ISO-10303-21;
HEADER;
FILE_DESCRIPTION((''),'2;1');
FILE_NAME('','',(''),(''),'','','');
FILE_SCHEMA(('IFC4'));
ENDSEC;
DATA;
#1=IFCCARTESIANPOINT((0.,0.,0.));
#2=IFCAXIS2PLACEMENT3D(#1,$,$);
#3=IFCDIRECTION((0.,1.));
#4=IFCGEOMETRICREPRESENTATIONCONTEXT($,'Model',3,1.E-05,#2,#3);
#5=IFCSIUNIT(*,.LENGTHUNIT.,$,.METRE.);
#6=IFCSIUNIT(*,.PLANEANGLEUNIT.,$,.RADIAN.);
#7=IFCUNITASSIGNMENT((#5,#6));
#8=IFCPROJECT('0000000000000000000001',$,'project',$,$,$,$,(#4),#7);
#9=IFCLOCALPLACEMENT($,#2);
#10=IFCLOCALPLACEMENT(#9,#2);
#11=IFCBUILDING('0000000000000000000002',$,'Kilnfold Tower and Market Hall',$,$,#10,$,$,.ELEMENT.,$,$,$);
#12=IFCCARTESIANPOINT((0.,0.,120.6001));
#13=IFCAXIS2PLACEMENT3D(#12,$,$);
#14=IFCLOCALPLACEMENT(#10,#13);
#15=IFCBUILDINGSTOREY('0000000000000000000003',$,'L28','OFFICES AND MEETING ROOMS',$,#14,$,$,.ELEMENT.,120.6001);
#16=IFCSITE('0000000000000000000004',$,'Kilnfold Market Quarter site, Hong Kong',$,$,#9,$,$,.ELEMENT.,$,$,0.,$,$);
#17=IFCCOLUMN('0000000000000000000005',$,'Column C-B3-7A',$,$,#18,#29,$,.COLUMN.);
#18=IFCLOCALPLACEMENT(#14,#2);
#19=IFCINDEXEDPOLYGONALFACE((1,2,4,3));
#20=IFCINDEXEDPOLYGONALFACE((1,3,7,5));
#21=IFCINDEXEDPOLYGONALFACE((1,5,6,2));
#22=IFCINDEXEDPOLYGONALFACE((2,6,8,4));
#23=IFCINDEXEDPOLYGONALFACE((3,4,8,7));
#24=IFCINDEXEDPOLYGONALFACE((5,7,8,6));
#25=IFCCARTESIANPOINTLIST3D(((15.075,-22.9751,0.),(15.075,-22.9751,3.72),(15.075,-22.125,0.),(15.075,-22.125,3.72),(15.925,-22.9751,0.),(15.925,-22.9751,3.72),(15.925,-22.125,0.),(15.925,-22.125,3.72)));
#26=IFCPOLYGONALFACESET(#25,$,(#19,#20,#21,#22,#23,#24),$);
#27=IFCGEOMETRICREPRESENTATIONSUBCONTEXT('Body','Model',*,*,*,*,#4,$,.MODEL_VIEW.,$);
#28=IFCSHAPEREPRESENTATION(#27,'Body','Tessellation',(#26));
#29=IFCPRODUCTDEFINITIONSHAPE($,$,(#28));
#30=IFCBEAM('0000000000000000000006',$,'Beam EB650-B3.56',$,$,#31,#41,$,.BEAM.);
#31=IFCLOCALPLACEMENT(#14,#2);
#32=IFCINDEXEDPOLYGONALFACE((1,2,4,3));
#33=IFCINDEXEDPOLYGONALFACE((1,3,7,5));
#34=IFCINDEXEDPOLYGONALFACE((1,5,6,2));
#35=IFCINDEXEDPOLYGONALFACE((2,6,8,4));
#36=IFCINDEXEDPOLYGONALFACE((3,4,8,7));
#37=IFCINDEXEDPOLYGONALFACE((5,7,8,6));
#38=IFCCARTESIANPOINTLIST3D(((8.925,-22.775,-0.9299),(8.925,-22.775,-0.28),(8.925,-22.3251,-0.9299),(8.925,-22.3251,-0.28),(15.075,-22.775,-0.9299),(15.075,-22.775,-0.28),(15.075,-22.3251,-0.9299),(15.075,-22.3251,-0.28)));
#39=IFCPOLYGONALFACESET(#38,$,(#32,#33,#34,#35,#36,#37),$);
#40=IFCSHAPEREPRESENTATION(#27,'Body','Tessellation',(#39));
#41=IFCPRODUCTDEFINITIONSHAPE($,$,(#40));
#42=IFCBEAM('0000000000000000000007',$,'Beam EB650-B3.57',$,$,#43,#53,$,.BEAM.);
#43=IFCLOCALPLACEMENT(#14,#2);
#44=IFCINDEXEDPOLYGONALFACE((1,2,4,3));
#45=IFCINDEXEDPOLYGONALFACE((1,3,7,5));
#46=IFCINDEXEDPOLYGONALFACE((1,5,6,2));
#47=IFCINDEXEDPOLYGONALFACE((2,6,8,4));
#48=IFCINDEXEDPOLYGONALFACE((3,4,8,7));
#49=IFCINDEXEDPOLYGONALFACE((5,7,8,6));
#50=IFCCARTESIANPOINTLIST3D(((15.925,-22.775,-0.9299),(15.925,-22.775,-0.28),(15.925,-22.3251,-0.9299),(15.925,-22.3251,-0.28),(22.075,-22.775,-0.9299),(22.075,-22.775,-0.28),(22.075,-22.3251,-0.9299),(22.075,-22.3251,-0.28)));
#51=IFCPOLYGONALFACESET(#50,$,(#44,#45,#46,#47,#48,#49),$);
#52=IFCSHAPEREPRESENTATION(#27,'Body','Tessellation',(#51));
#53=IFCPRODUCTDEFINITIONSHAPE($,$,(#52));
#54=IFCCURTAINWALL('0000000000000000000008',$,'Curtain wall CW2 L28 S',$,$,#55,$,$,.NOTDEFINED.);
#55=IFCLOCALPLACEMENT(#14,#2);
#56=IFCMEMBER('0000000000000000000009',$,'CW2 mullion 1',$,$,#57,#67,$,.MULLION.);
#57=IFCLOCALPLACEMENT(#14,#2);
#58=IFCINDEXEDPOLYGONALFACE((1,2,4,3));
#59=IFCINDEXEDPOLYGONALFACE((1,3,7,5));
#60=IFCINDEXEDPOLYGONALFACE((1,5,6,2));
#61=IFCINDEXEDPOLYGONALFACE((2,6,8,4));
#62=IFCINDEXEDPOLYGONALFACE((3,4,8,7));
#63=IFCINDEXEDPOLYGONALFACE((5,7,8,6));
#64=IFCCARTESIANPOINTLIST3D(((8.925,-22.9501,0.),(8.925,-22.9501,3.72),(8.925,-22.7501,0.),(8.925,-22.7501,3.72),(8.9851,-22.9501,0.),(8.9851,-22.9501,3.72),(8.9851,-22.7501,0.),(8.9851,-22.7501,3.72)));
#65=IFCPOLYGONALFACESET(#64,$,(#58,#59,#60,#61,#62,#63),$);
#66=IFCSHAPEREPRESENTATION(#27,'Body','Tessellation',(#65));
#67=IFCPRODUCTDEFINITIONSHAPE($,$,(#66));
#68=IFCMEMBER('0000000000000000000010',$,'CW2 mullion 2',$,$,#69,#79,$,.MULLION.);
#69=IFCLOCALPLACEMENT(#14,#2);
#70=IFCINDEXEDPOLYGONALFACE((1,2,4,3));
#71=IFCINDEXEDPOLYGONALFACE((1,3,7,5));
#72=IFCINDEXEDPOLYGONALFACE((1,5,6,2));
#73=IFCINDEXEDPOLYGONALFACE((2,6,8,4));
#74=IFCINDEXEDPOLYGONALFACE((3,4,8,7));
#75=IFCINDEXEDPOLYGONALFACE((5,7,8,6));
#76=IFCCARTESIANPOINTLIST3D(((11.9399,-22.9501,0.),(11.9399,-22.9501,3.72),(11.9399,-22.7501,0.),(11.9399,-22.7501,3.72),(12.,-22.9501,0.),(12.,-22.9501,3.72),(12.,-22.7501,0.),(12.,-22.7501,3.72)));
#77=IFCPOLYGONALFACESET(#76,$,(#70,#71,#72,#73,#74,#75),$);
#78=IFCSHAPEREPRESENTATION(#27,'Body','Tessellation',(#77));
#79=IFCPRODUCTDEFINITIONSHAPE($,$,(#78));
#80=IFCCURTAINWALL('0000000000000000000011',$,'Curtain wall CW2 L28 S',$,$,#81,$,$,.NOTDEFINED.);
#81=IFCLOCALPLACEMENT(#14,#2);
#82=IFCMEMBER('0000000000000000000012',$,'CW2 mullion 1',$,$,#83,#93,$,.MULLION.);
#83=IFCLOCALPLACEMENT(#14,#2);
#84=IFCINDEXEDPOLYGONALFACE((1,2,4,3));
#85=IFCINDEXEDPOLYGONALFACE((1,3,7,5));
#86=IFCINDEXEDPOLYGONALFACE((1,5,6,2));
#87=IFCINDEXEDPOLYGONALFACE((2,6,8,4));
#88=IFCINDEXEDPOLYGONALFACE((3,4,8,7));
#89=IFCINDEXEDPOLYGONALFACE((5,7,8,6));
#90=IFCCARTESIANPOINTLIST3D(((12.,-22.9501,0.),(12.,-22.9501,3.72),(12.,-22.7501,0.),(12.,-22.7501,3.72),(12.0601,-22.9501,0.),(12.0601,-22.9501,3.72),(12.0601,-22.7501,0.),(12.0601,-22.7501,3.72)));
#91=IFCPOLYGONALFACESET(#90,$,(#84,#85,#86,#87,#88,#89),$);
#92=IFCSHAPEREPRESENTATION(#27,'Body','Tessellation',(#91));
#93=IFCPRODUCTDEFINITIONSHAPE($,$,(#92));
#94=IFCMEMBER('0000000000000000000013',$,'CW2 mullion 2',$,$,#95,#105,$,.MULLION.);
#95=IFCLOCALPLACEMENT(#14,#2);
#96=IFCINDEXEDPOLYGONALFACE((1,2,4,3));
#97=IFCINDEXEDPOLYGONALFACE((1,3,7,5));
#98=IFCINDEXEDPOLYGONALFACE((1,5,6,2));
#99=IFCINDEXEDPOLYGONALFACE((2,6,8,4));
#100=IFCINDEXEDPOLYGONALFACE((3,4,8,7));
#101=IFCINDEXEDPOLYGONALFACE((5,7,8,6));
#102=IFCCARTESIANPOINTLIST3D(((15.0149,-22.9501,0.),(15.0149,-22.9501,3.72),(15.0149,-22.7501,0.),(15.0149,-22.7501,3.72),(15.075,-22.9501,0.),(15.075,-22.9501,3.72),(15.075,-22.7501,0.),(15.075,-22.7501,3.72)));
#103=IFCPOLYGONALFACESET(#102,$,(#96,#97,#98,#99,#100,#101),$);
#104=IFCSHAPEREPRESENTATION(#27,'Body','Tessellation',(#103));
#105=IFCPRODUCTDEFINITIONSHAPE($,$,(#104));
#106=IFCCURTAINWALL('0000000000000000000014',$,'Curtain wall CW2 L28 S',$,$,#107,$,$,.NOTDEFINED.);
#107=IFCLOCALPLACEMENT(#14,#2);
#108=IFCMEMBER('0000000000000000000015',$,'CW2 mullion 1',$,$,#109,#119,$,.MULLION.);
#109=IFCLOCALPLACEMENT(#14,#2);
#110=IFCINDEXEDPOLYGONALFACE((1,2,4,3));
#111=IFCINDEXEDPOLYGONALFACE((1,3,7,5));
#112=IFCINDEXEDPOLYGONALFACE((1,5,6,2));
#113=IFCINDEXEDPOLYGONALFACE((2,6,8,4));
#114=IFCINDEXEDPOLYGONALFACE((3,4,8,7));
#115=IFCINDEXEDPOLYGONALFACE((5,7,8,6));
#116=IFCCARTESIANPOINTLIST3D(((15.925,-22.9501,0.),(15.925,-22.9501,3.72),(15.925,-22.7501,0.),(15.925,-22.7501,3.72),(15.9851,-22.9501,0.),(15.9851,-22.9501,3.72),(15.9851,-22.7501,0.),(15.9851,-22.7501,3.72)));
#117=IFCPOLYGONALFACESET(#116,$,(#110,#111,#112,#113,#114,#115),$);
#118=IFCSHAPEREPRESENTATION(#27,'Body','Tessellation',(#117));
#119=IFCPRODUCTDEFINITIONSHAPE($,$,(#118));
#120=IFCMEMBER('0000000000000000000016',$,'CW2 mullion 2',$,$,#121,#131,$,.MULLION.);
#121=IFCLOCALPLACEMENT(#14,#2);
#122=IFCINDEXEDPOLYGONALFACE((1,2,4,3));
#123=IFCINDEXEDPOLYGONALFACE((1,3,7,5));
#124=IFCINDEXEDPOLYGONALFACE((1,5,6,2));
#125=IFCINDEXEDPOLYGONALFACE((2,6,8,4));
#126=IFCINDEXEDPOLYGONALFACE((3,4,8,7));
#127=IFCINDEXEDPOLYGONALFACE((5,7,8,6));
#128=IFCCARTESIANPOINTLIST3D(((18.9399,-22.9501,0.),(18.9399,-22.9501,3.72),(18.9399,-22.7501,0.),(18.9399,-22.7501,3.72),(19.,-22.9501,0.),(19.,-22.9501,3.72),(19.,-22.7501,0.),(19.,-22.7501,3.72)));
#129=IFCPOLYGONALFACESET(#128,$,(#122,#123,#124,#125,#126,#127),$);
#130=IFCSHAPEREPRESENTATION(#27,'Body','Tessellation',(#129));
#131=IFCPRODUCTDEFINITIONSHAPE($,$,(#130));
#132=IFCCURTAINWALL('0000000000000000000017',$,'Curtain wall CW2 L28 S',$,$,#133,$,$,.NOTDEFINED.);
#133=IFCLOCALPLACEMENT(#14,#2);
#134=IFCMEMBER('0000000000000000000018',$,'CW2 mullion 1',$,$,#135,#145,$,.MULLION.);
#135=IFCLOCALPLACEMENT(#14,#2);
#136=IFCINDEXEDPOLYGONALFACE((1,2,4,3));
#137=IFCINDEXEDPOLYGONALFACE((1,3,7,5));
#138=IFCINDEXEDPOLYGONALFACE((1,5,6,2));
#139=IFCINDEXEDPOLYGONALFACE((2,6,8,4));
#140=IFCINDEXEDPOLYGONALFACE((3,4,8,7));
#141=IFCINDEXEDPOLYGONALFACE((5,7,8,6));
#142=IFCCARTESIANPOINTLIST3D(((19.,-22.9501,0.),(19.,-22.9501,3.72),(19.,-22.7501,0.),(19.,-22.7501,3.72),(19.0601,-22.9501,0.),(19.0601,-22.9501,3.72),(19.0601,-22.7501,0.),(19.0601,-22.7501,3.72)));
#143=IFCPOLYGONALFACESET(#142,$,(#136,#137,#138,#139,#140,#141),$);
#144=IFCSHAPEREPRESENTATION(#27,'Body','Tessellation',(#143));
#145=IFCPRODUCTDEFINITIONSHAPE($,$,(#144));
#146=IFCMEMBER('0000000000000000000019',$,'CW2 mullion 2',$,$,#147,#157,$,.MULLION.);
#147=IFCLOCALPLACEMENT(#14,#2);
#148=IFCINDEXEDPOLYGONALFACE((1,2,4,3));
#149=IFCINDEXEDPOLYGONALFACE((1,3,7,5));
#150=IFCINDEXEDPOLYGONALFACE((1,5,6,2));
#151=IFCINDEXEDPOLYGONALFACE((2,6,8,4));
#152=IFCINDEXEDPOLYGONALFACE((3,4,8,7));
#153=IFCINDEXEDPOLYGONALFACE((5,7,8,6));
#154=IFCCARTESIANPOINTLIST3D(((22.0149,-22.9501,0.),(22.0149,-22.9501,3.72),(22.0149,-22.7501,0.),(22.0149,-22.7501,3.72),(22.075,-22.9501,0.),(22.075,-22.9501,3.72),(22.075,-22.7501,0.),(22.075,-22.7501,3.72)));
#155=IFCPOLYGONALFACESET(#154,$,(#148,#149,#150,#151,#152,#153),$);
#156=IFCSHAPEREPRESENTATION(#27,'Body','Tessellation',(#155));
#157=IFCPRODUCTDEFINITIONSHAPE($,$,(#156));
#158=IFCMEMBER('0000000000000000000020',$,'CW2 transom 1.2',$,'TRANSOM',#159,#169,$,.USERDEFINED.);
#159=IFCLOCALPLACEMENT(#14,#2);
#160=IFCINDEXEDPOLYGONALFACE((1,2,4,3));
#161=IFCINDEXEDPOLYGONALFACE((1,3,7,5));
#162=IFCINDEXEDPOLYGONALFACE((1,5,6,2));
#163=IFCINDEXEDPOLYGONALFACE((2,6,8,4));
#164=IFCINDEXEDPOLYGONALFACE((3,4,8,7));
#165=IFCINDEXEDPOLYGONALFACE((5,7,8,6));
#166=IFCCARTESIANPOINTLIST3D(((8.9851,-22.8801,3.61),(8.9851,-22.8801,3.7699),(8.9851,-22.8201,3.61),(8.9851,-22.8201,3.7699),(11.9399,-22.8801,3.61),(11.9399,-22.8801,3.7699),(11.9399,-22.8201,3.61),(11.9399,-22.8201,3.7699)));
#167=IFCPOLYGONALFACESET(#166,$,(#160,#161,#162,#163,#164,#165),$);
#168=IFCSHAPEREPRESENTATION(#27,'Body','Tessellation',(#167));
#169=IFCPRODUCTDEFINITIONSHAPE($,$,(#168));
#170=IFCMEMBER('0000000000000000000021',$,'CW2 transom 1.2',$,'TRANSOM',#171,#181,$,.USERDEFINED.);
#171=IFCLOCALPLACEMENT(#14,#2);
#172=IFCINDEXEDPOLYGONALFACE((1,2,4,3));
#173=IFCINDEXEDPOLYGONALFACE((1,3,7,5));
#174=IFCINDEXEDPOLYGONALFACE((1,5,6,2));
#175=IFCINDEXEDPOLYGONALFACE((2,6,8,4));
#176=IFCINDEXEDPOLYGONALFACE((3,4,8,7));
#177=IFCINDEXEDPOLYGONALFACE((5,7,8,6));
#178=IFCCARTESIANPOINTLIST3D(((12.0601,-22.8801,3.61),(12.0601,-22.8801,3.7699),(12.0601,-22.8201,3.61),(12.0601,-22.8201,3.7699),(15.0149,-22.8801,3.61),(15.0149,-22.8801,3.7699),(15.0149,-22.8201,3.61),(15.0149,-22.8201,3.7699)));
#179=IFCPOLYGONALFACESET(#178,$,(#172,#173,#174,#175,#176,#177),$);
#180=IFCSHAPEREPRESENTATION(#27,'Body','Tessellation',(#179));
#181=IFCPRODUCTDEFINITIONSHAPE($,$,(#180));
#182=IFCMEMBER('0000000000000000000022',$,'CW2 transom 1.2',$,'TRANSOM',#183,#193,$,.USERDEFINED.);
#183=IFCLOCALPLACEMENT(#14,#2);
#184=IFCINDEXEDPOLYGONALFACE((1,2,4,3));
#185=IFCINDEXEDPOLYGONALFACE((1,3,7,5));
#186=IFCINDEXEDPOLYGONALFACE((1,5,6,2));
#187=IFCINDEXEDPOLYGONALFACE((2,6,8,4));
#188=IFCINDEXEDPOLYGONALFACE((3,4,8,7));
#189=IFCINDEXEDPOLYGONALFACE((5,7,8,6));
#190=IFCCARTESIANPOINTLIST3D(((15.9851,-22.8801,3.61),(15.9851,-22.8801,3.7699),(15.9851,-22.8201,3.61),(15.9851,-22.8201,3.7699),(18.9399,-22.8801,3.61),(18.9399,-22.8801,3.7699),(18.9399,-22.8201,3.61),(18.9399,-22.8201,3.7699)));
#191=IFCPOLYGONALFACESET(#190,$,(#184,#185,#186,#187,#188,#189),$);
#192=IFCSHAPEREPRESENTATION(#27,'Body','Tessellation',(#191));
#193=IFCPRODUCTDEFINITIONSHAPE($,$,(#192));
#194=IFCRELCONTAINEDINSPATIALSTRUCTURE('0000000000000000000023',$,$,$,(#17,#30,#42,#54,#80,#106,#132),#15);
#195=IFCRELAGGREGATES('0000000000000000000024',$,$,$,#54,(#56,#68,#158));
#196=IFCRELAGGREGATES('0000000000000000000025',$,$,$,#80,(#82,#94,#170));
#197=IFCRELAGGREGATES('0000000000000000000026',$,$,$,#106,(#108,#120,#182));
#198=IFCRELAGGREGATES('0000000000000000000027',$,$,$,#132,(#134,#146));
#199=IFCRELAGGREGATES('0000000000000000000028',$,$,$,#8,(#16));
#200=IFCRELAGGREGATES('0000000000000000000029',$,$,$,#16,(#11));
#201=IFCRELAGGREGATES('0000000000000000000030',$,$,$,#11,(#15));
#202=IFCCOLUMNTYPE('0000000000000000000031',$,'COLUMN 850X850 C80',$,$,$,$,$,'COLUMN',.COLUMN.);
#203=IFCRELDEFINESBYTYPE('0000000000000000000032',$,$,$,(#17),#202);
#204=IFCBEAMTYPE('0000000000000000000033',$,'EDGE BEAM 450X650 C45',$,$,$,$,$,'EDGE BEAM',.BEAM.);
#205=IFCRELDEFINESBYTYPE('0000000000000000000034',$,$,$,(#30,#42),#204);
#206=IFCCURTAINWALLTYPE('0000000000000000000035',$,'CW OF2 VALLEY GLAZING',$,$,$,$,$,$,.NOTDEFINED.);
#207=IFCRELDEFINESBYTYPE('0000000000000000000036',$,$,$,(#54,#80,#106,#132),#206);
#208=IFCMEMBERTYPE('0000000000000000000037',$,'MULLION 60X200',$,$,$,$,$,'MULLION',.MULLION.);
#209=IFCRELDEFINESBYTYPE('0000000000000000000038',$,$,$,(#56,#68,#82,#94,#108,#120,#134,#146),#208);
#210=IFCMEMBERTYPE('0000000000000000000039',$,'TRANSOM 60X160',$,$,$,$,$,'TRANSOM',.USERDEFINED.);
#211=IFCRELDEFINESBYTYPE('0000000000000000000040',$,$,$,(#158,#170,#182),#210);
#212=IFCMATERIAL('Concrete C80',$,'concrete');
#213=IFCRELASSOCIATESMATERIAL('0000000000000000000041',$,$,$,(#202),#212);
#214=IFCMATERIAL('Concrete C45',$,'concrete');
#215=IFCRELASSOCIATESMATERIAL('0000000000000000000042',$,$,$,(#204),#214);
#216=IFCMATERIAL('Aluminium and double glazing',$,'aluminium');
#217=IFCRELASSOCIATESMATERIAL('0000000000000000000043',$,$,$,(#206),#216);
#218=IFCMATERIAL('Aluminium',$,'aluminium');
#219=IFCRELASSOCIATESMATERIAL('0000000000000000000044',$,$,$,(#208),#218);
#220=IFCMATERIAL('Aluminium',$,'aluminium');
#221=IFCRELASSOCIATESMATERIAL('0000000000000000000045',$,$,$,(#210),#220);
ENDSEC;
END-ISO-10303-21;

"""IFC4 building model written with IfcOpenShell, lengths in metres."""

from ifc_helpers import new_model, si_unit, direction, frame, origin, origin_2d, place, context, subcontext, project, spatial, rectangle, extrude, source, transform, mapped, material, material_profile, profile_set, type_object, element, aggregate, save


model = new_model("IFC4")

# Units and contexts
model_context = context("Model", 3, precision=1e-05, world=origin(), true_north=direction((0.0, 1.0)))
body_context = subcontext(model_context, "Body", "Model", "MODEL_VIEW")
ifc_project = project(units=[si_unit("LENGTHUNIT", "METRE"), si_unit("PLANEANGLEUNIT", "RADIAN")], contexts=[model_context])

# Site, building, storey
site_placement = place(None, origin())
site = spatial("IfcSite", under=ifc_project, at=site_placement, Name="Kilnfold Market Quarter site, Hong Kong", CompositionType="ELEMENT", RefElevation=0.0)
building_placement = place(site_placement, origin())
building = spatial("IfcBuilding", under=site, at=building_placement, Name="Kilnfold Tower and Market Hall", CompositionType="ELEMENT")
storey_placement = place(building_placement, frame((0.0, 0.0, 120.6001)))
storey = spatial("IfcBuildingStorey", under=building, at=storey_placement, Name="L28", Description="OFFICES AND MEETING ROOMS", CompositionType="ELEMENT", Elevation=120.6001)

# Column
ifc_material_1 = material(Name="Concrete C80", Category="concrete")
ifc_material_profile_1 = material_profile(ifc_material_1, rectangle(XDim=0.8501, YDim=0.8501, at=origin_2d()), Name="RC 850x850")
ifc_profile_set_1 = profile_set([ifc_material_profile_1], Name="Concrete C80")
column_type = type_object("IfcColumnType", Name="COLUMN 850X850 C80", ElementType="COLUMN", PredefinedType="COLUMN", material=ifc_profile_set_1)
shared_shape_1 = source(origin(), body_context, "Body", "SweptSolid", [
    extrude(rectangle(XDim=0.8501, YDim=0.8501, at=origin_2d()), origin(), (0.0, 0.0, 1.0), 3.72),
])
column_placement = place(storey_placement, frame((15.5, -22.55, 0.0), z_axis=(0.0, 0.0, 1.0), x_axis=(1.0, 0.0, 0.0)))
element("IfcColumn", 1, at=column_placement, inside=storey, type_object=column_type, Name="Column C-B3-7A", PredefinedType="COLUMN", context=body_context, shape_type="MappedRepresentation", body=[
    mapped(shared_shape_1, transform((0.0, 0.0, 0.0))),
])

# Beams
ifc_material_2 = material(Name="Concrete C45", Category="concrete")
ifc_material_profile_2 = material_profile(ifc_material_2, rectangle(XDim=0.45, YDim=0.6499, at=origin_2d()), Name="RC 450x650")
ifc_profile_set_2 = profile_set([ifc_material_profile_2], Name="Concrete C45")
beam_type = type_object("IfcBeamType", Name="EDGE BEAM 450X650 C45", ElementType="EDGE BEAM", PredefinedType="BEAM", material=ifc_profile_set_2)
shared_shape_2 = source(origin(), body_context, "Body", "SweptSolid", [
    extrude(rectangle(XDim=0.45, YDim=0.6499, at=origin_2d()), origin(), (0.0, 0.0, 1.0), 6.1499),
])
for number, where, z_axis, x_axis, name in (
    (2, (8.925, -22.55, -0.605), (1.0, 0.0, 0.0), (0.0, 1.0, 0.0), "Beam EB650-B3.56"),
    (3, (15.925, -22.55, -0.605), (1.0, 0.0, 0.0), (0.0, 1.0, 0.0), "Beam EB650-B3.57"),
):
    element("IfcBeam", number, at=place(storey_placement, frame(where, z_axis=z_axis, x_axis=x_axis)), inside=storey, type_object=beam_type, Name=name, PredefinedType="BEAM", context=body_context, shape_type="MappedRepresentation", body=[
        mapped(shared_shape_2, transform((0.0, 0.0, 0.0))),
    ])

# Curtain walls, members
ifc_material_3 = material(Name="Aluminium and double glazing", Category="aluminium")
curtain_wall_type = type_object("IfcCurtainWallType", Name="CW OF2 VALLEY GLAZING", PredefinedType="NOTDEFINED", material=ifc_material_3)
curtain_wall_1_placement = place(storey_placement, origin())
curtain_wall_1 = element("IfcCurtainWall", 4, at=curtain_wall_1_placement, inside=storey, type_object=curtain_wall_type, Name="Curtain wall CW2 L28 S", PredefinedType="NOTDEFINED")
ifc_material_4 = material(Name="Aluminium", Category="aluminium")
ifc_material_profile_3 = material_profile(ifc_material_4, rectangle(XDim=0.0601, YDim=0.2, at=origin_2d()), Name="MULLION 60x200")
ifc_profile_set_3 = profile_set([ifc_material_profile_3], Name="Aluminium")
member_type_1 = type_object("IfcMemberType", Name="MULLION 60X200", ElementType="MULLION", PredefinedType="MULLION", material=ifc_profile_set_3)
shared_shape_3 = source(origin(), body_context, "Body", "SweptSolid", [
    extrude(rectangle(XDim=0.0601, YDim=0.2, at=origin_2d()), origin(), (0.0, 0.0, 1.0), 3.72),
])
member_1_placement = place(storey_placement, frame((8.9551, -22.8501, 0.0), z_axis=(0.0, 0.0, 1.0), x_axis=(1.0, 0.0, 0.0)))
member_1 = element("IfcMember", 5, at=member_1_placement, type_object=member_type_1, Name="CW2 mullion 1", PredefinedType="MULLION", context=body_context, shape_type="MappedRepresentation", body=[
    mapped(shared_shape_3, transform((0.0, 0.0, 0.0))),
])
member_2_placement = place(storey_placement, frame((11.97, -22.8501, 0.0), z_axis=(0.0, 0.0, 1.0), x_axis=(1.0, 0.0, 0.0)))
member_2 = element("IfcMember", 6, at=member_2_placement, type_object=member_type_1, Name="CW2 mullion 2", PredefinedType="MULLION", context=body_context, shape_type="MappedRepresentation", body=[
    mapped(shared_shape_3, transform((0.0, 0.0, 0.0))),
])
curtain_wall_2_placement = place(storey_placement, origin())
curtain_wall_2 = element("IfcCurtainWall", 7, at=curtain_wall_2_placement, inside=storey, type_object=curtain_wall_type, Name="Curtain wall CW2 L28 S", PredefinedType="NOTDEFINED")
member_3_placement = place(storey_placement, frame((12.03, -22.8501, 0.0), z_axis=(0.0, 0.0, 1.0), x_axis=(1.0, 0.0, 0.0)))
member_3 = element("IfcMember", 8, at=member_3_placement, type_object=member_type_1, Name="CW2 mullion 1", PredefinedType="MULLION", context=body_context, shape_type="MappedRepresentation", body=[
    mapped(shared_shape_3, transform((0.0, 0.0, 0.0))),
])
member_4_placement = place(storey_placement, frame((15.0449, -22.8501, 0.0), z_axis=(0.0, 0.0, 1.0), x_axis=(1.0, 0.0, 0.0)))
member_4 = element("IfcMember", 9, at=member_4_placement, type_object=member_type_1, Name="CW2 mullion 2", PredefinedType="MULLION", context=body_context, shape_type="MappedRepresentation", body=[
    mapped(shared_shape_3, transform((0.0, 0.0, 0.0))),
])
curtain_wall_3_placement = place(storey_placement, origin())
curtain_wall_3 = element("IfcCurtainWall", 10, at=curtain_wall_3_placement, inside=storey, type_object=curtain_wall_type, Name="Curtain wall CW2 L28 S", PredefinedType="NOTDEFINED")
member_5_placement = place(storey_placement, frame((15.9551, -22.8501, 0.0), z_axis=(0.0, 0.0, 1.0), x_axis=(1.0, 0.0, 0.0)))
member_5 = element("IfcMember", 11, at=member_5_placement, type_object=member_type_1, Name="CW2 mullion 1", PredefinedType="MULLION", context=body_context, shape_type="MappedRepresentation", body=[
    mapped(shared_shape_3, transform((0.0, 0.0, 0.0))),
])
member_6_placement = place(storey_placement, frame((18.97, -22.8501, 0.0), z_axis=(0.0, 0.0, 1.0), x_axis=(1.0, 0.0, 0.0)))
member_6 = element("IfcMember", 12, at=member_6_placement, type_object=member_type_1, Name="CW2 mullion 2", PredefinedType="MULLION", context=body_context, shape_type="MappedRepresentation", body=[
    mapped(shared_shape_3, transform((0.0, 0.0, 0.0))),
])
curtain_wall_4_placement = place(storey_placement, origin())
curtain_wall_4 = element("IfcCurtainWall", 13, at=curtain_wall_4_placement, inside=storey, type_object=curtain_wall_type, Name="Curtain wall CW2 L28 S", PredefinedType="NOTDEFINED")
member_7_placement = place(storey_placement, frame((19.03, -22.8501, 0.0), z_axis=(0.0, 0.0, 1.0), x_axis=(1.0, 0.0, 0.0)))
member_7 = element("IfcMember", 14, at=member_7_placement, type_object=member_type_1, Name="CW2 mullion 1", PredefinedType="MULLION", context=body_context, shape_type="MappedRepresentation", body=[
    mapped(shared_shape_3, transform((0.0, 0.0, 0.0))),
])
member_8_placement = place(storey_placement, frame((22.0449, -22.8501, 0.0), z_axis=(0.0, 0.0, 1.0), x_axis=(1.0, 0.0, 0.0)))
member_8 = element("IfcMember", 15, at=member_8_placement, type_object=member_type_1, Name="CW2 mullion 2", PredefinedType="MULLION", context=body_context, shape_type="MappedRepresentation", body=[
    mapped(shared_shape_3, transform((0.0, 0.0, 0.0))),
])

# Members
ifc_material_5 = material(Name="Aluminium", Category="aluminium")
ifc_material_profile_4 = material_profile(ifc_material_5, rectangle(XDim=0.0601, YDim=0.1599, at=origin_2d()), Name="TRANSOM 60x160")
ifc_profile_set_4 = profile_set([ifc_material_profile_4], Name="Aluminium")
member_type_2 = type_object("IfcMemberType", Name="TRANSOM 60X160", ElementType="TRANSOM", PredefinedType="USERDEFINED", material=ifc_profile_set_4)
shared_shape_4 = source(origin(), body_context, "Body", "SweptSolid", [
    extrude(rectangle(XDim=0.0601, YDim=0.1599, at=origin_2d()), origin(), (0.0, 0.0, 1.0), 2.9548),
])
member_9_placement = place(storey_placement, frame((8.9851, -22.8501, 3.6899), z_axis=(1.0, 0.0, 0.0), x_axis=(0.0, 1.0, 0.0)))
member_9 = element("IfcMember", 16, at=member_9_placement, type_object=member_type_2, Name="CW2 transom 1.2", ObjectType="TRANSOM", PredefinedType="USERDEFINED", context=body_context, shape_type="MappedRepresentation", body=[
    mapped(shared_shape_4, transform((0.0, 0.0, 0.0))),
])
member_10_placement = place(storey_placement, frame((12.0601, -22.8501, 3.6899), z_axis=(1.0, 0.0, 0.0), x_axis=(0.0, 1.0, 0.0)))
member_10 = element("IfcMember", 17, at=member_10_placement, type_object=member_type_2, Name="CW2 transom 1.2", ObjectType="TRANSOM", PredefinedType="USERDEFINED", context=body_context, shape_type="MappedRepresentation", body=[
    mapped(shared_shape_4, transform((0.0, 0.0, 0.0))),
])
member_11_placement = place(storey_placement, frame((15.9851, -22.8501, 3.6899), z_axis=(1.0, 0.0, 0.0), x_axis=(0.0, 1.0, 0.0)))
member_11 = element("IfcMember", 18, at=member_11_placement, type_object=member_type_2, Name="CW2 transom 1.2", ObjectType="TRANSOM", PredefinedType="USERDEFINED", context=body_context, shape_type="MappedRepresentation", body=[
    mapped(shared_shape_4, transform((0.0, 0.0, 0.0))),
])

aggregate(curtain_wall_1, [member_1, member_2, member_9])
aggregate(curtain_wall_2, [member_3, member_4, member_10])
aggregate(curtain_wall_3, [member_5, member_6, member_11])
aggregate(curtain_wall_4, [member_7, member_8])

save(model, "model.ifc")
